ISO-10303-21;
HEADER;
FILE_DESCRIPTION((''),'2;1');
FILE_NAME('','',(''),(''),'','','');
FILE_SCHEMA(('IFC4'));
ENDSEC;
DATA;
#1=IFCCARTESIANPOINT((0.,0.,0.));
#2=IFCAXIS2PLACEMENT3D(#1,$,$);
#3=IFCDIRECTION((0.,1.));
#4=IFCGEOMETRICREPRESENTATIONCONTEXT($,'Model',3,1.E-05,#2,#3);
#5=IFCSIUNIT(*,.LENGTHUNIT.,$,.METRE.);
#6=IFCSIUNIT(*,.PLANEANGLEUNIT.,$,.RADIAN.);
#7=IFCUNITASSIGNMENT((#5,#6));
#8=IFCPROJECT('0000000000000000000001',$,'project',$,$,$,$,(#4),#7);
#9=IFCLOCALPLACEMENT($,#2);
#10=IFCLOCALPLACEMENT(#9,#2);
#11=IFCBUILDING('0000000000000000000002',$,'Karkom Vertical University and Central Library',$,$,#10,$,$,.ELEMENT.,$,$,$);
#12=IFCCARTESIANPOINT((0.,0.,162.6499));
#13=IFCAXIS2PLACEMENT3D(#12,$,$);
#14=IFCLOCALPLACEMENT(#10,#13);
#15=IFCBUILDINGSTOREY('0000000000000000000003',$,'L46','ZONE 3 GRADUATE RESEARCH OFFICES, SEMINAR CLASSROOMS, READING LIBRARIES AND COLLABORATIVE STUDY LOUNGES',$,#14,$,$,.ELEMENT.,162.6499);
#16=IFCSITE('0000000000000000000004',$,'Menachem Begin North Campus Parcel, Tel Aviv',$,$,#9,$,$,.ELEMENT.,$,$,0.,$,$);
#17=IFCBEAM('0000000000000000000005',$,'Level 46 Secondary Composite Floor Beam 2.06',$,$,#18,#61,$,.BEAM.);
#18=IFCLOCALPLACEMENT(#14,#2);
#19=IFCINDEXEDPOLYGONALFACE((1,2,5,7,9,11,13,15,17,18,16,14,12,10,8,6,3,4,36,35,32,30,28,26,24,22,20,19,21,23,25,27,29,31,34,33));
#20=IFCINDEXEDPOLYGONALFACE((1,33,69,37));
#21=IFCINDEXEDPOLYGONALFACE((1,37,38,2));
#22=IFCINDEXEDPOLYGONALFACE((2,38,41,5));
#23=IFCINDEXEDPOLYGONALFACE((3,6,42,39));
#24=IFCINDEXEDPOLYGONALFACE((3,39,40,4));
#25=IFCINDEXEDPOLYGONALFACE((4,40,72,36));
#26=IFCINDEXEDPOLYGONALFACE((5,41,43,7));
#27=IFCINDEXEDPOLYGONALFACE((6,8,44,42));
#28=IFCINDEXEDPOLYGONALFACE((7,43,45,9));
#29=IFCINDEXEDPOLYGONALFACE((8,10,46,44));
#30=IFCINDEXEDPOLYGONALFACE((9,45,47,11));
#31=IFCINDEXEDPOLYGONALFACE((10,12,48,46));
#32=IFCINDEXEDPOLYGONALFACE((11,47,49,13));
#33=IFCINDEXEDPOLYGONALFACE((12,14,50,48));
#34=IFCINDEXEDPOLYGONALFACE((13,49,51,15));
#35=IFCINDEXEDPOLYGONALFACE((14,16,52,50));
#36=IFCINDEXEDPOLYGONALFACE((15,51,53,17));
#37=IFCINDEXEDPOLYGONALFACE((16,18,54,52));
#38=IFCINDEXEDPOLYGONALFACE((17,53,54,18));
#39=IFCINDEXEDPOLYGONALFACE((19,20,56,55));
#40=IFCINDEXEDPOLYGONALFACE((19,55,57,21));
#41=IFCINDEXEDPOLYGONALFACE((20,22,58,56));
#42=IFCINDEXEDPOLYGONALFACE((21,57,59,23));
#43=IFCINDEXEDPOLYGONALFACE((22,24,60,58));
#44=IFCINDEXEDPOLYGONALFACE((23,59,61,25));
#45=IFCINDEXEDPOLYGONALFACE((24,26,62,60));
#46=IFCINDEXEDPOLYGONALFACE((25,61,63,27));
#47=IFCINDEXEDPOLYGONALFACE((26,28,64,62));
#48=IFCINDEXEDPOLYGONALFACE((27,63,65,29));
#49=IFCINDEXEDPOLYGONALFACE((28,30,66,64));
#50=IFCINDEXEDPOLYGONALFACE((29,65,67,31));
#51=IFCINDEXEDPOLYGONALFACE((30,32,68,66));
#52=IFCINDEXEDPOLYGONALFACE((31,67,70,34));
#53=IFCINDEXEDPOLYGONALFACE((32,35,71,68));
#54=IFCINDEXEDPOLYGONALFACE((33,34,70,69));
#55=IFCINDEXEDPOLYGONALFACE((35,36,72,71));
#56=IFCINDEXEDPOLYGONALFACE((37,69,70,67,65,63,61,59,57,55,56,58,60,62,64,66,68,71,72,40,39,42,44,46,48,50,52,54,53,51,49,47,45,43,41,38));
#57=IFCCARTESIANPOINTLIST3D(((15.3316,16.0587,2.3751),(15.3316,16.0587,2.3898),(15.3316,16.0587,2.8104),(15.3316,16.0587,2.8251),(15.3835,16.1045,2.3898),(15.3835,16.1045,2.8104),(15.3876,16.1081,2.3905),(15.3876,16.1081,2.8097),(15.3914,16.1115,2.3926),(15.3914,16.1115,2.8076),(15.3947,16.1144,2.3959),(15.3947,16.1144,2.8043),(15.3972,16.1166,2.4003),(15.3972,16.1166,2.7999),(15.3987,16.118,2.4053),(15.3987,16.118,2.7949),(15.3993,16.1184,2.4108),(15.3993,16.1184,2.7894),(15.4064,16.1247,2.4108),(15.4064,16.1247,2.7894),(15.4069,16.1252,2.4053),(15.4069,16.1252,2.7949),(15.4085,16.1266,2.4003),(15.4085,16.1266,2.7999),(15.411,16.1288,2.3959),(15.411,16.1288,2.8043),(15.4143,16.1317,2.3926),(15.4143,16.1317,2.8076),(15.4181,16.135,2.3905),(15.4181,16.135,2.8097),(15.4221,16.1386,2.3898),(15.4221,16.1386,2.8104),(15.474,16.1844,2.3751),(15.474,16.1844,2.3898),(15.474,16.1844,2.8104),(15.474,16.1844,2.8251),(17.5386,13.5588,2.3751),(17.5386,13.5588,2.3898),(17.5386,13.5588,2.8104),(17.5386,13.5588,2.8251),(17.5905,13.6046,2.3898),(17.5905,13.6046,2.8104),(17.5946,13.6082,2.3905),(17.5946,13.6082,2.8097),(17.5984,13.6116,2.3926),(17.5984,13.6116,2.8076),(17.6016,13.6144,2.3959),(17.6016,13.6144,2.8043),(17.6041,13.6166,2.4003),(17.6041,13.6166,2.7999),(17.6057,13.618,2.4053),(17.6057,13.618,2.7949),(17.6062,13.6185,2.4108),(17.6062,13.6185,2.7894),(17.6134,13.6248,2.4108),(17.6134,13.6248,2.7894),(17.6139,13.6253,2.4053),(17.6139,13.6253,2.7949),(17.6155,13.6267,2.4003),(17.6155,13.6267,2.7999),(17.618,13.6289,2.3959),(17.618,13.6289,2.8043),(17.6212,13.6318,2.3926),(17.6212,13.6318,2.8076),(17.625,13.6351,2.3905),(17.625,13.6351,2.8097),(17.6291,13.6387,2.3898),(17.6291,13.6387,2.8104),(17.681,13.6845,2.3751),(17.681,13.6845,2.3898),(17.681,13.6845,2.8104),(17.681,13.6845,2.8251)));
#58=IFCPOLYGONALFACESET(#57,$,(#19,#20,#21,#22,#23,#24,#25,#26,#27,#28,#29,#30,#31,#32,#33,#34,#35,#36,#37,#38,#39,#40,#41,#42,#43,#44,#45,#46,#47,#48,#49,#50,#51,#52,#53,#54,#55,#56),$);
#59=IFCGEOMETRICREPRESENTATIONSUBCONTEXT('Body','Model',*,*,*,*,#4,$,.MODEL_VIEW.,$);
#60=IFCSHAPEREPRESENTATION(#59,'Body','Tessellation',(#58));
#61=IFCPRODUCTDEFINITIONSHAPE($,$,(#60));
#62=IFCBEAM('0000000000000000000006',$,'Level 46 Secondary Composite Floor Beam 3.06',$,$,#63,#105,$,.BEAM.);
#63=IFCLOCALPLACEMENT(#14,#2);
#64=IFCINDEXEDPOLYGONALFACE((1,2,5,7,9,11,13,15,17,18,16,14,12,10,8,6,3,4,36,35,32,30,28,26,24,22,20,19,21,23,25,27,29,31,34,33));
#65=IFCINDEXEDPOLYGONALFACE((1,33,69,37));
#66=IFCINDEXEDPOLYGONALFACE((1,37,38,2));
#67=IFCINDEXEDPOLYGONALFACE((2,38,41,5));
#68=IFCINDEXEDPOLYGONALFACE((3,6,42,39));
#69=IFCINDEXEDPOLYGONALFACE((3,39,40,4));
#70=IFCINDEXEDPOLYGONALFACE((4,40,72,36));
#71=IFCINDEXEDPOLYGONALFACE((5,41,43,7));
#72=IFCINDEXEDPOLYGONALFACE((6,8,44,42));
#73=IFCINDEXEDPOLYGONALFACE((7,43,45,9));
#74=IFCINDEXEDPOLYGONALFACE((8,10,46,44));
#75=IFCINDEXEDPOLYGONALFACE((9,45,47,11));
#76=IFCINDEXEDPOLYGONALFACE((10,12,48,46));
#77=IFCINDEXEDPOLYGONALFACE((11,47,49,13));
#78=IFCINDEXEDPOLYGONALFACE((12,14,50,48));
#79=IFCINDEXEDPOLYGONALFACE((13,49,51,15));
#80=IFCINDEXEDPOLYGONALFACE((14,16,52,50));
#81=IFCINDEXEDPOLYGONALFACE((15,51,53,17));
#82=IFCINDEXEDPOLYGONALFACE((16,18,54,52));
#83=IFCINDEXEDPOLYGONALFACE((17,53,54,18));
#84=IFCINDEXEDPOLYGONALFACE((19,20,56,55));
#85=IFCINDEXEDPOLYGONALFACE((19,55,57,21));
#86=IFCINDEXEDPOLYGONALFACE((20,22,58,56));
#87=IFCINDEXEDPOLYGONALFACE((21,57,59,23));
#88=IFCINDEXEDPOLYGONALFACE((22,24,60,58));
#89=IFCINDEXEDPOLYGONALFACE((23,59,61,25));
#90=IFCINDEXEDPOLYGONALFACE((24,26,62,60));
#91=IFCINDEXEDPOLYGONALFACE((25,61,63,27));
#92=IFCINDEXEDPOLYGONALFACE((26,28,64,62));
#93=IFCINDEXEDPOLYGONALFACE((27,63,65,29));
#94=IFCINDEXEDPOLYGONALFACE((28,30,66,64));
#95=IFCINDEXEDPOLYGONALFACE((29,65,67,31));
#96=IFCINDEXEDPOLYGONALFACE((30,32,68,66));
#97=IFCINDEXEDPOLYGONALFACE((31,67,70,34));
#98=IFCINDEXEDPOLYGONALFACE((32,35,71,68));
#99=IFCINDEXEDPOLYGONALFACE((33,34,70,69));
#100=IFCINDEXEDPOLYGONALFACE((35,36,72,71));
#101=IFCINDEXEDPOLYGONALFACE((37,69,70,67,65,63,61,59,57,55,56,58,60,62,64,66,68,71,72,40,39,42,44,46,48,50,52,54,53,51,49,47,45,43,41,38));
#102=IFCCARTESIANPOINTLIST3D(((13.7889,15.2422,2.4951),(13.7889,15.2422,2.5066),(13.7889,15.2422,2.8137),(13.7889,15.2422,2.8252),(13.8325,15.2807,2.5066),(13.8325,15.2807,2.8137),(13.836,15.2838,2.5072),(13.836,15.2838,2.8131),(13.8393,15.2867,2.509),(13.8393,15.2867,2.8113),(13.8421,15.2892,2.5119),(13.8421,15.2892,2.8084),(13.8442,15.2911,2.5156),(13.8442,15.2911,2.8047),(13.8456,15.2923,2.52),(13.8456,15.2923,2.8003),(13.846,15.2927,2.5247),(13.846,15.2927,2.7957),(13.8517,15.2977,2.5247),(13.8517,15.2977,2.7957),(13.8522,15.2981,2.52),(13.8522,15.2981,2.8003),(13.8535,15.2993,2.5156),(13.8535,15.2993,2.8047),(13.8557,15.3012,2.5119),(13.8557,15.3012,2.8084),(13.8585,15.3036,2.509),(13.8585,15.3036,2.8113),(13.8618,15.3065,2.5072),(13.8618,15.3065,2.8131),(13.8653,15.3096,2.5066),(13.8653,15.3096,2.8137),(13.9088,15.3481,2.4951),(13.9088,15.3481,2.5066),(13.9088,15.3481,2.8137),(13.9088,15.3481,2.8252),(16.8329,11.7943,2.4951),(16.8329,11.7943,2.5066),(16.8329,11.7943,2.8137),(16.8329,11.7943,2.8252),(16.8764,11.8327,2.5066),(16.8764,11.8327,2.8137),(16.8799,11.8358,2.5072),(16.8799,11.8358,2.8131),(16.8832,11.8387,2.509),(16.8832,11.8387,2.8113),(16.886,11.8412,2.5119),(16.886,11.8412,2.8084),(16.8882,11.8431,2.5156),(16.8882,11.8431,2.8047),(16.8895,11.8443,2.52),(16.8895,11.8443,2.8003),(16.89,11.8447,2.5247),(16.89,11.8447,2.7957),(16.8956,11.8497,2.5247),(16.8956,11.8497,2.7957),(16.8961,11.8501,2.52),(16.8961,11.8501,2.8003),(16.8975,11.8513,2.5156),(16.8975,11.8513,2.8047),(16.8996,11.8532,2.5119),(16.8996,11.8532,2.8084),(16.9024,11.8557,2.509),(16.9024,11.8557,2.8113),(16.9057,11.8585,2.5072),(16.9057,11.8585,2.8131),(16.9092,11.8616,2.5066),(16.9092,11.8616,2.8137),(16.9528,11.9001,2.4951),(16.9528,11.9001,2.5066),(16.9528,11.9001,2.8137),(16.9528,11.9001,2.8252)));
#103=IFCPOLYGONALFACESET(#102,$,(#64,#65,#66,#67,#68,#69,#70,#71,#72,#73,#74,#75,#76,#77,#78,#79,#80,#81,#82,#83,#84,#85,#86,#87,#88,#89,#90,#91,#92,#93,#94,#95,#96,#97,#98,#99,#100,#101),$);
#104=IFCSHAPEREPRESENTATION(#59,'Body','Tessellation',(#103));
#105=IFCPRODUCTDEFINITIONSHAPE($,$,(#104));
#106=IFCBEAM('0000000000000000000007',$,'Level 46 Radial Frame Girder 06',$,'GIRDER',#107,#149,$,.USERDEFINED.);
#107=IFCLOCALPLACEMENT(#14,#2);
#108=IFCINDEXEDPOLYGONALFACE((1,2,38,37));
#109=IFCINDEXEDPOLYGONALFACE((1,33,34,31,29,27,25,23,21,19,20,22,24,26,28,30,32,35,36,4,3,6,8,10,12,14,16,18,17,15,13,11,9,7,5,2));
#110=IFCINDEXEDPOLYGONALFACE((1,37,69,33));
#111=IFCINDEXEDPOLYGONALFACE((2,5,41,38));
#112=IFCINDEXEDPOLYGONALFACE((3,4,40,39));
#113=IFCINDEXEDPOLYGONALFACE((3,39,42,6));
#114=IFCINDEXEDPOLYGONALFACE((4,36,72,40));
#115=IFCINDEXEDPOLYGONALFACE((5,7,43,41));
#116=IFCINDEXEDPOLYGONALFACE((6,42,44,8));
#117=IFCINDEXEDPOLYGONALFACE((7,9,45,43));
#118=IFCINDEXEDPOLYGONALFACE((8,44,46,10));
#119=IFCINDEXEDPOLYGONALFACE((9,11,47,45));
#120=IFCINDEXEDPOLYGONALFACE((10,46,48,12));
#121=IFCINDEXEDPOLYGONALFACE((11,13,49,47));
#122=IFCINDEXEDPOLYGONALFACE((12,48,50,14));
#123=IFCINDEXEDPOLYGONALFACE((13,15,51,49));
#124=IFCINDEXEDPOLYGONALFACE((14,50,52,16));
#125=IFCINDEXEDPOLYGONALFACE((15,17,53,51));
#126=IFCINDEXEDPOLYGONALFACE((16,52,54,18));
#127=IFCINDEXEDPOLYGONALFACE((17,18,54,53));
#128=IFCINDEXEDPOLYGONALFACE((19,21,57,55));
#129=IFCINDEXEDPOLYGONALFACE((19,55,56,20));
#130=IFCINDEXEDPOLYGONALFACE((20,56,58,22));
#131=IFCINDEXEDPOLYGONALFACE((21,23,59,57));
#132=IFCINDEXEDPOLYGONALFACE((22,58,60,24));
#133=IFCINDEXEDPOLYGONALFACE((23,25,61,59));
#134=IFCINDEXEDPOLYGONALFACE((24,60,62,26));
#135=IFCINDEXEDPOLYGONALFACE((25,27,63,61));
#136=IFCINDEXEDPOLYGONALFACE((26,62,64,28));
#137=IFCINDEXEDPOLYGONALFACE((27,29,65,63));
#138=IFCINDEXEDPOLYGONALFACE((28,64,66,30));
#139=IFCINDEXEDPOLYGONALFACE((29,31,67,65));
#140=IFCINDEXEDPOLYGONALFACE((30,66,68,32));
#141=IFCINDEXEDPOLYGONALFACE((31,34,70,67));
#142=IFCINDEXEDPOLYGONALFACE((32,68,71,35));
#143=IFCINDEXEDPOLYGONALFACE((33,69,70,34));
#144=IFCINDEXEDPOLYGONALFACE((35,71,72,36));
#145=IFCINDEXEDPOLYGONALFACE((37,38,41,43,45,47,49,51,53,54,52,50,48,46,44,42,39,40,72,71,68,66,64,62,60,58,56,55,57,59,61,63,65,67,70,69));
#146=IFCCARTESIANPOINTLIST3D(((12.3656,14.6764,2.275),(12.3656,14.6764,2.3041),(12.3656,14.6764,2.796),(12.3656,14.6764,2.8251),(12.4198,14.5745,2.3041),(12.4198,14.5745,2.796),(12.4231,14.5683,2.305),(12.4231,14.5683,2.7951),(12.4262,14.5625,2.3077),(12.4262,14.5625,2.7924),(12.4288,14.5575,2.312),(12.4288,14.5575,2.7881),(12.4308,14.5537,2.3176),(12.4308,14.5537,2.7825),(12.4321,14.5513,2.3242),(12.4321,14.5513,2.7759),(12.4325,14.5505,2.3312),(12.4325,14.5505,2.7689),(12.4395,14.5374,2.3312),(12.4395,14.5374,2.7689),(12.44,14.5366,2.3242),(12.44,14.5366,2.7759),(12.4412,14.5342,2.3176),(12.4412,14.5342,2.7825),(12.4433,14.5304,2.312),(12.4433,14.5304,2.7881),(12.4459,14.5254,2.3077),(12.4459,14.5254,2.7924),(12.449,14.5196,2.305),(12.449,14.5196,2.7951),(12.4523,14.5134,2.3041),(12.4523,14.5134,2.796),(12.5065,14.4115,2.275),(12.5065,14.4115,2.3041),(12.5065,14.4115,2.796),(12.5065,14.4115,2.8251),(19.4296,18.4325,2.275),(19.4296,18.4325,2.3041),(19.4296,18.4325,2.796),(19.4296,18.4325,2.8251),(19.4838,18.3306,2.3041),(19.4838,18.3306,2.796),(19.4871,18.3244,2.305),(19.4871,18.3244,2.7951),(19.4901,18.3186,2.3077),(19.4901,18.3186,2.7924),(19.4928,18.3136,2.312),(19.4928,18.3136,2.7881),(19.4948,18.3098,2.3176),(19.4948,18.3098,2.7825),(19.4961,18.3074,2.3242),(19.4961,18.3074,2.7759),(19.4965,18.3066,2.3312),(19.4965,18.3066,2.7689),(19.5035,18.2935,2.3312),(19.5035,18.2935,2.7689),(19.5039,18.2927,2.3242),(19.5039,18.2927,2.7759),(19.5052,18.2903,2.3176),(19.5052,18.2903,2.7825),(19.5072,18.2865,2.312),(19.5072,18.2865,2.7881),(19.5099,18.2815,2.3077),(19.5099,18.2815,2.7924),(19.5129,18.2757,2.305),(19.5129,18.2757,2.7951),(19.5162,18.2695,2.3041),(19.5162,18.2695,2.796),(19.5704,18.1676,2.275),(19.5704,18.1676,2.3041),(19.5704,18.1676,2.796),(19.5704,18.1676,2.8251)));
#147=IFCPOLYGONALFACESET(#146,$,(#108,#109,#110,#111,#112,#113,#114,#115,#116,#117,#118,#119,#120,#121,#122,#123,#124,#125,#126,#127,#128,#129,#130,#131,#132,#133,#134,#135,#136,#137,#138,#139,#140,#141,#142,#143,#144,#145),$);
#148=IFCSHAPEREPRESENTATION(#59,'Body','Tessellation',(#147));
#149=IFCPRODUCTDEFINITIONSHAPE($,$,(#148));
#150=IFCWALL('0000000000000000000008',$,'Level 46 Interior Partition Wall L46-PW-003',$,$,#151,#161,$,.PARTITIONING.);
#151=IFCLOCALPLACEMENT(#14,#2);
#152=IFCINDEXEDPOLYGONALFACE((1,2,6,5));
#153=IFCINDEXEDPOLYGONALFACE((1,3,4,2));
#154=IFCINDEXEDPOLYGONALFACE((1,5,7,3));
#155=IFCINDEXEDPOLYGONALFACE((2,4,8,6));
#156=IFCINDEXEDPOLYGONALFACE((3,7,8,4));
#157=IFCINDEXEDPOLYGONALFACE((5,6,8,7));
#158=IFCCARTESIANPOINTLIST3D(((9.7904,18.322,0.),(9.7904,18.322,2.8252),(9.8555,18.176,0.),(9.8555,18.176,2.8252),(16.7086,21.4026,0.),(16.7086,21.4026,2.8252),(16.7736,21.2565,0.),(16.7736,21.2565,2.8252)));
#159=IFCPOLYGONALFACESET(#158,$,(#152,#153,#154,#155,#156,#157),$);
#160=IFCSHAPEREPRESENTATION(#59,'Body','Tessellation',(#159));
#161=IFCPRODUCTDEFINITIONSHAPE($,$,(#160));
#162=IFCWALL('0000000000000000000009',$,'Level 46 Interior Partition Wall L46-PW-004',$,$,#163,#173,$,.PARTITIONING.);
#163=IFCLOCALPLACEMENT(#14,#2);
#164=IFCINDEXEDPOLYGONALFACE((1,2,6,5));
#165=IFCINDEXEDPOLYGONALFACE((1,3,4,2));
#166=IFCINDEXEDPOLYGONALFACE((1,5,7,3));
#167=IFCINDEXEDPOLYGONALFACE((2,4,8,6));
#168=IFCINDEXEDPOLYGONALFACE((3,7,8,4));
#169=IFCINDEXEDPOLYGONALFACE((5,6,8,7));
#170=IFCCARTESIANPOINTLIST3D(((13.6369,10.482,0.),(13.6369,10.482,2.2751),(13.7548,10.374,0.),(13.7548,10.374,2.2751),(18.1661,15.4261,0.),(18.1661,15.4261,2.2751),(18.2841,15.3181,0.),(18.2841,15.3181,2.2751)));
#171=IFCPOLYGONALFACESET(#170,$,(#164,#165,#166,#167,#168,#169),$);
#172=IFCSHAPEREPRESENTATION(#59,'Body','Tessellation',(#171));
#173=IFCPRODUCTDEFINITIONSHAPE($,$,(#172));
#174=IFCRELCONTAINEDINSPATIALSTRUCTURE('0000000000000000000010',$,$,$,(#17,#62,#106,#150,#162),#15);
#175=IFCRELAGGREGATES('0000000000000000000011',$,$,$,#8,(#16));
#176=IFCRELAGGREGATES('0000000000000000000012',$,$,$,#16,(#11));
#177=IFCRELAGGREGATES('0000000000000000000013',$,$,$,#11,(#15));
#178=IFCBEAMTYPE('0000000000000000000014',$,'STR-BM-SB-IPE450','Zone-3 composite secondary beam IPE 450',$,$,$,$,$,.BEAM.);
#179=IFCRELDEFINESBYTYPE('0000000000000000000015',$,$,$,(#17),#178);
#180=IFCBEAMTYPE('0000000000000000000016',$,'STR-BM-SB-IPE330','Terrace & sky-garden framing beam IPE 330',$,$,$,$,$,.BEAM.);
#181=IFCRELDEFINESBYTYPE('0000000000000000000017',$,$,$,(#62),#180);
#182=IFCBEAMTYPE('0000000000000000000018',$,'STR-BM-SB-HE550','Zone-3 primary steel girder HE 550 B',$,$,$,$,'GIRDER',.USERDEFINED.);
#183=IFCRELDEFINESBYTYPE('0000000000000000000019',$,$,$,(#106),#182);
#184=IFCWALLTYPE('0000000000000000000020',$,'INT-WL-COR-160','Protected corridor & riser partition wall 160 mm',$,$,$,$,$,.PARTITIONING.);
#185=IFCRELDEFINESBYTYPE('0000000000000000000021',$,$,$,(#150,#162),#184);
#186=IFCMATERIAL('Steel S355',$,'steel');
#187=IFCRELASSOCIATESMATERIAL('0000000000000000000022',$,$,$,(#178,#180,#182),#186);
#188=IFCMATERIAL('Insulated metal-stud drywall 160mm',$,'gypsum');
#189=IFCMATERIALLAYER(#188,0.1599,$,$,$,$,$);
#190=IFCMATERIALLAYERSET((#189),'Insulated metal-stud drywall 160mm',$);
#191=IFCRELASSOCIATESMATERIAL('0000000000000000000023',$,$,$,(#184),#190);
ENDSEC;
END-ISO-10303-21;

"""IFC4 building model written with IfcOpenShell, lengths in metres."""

from ifc_helpers import new_model, si_unit, direction, frame, frame_2d, origin, origin_with_axes, origin_2d, place, context, subcontext, project, spatial, rectangle, i_section, extrude, source, transform, mapped, material, layer, layer_set, material_profile, profile_set, type_object, element, save


model = new_model("IFC4")

# Units and contexts
model_context = context("Model", 3, precision=1e-05, world=origin(), true_north=direction((0.0, 1.0)))
body_context = subcontext(model_context, "Body", "Model", "MODEL_VIEW")
ifc_project = project(units=[si_unit("LENGTHUNIT", "METRE"), si_unit("PLANEANGLEUNIT", "RADIAN")], contexts=[model_context])

# Site, building, storey
site_placement = place(None, origin())
site = spatial("IfcSite", under=ifc_project, at=site_placement, Name="Menachem Begin North Campus Parcel, Tel Aviv", CompositionType="ELEMENT", RefElevation=0.0)
building_placement = place(site_placement, origin())
building = spatial("IfcBuilding", under=site, at=building_placement, Name="Karkom Vertical University and Central Library", CompositionType="ELEMENT")
storey_placement = place(building_placement, frame((0.0, 0.0, 162.6499)))
storey = spatial("IfcBuildingStorey", under=building, at=storey_placement, Name="L46", Description="ZONE 3 GRADUATE RESEARCH OFFICES, SEMINAR CLASSROOMS, READING LIBRARIES AND COLLABORATIVE STUDY LOUNGES", CompositionType="ELEMENT", Elevation=162.6499)

# Beams
ifc_material_1 = material(Name="Steel S355", Category="steel")
ifc_material_profile_1 = material_profile(ifc_material_1, i_section(OverallWidth=0.1899, OverallDepth=0.45, WebThickness=0.0095, FlangeThickness=0.0146, FilletRadius=0.021, at=origin_2d()), Name="IPE 450")
ifc_profile_set_1 = profile_set([ifc_material_profile_1], Name="Steel S355")
beam_type_1 = type_object("IfcBeamType", Name="STR-BM-SB-IPE450", Description="Zone-3 composite secondary beam IPE 450", PredefinedType="BEAM", material=ifc_profile_set_1)
shared_shape_1 = source(origin_with_axes(), body_context, "Body", "SweptSolid", [
    extrude(i_section(OverallWidth=0.1899, OverallDepth=0.45, WebThickness=0.0095, FlangeThickness=0.0146, FilletRadius=0.021, at=origin_2d()), origin(), (0.0, 0.0, 1.0), 3.3347),
])
beam_1_placement = place(storey_placement, frame((15.4028, 16.1216, 2.6001), z_axis=(0.661815, -0.749667, 0.0), x_axis=(0.749667, 0.661815, 0.0)))
element("IfcBeam", 1, at=beam_1_placement, inside=storey, type_object=beam_type_1, Name="Level 46 Secondary Composite Floor Beam 2.06", PredefinedType="BEAM", context=body_context, shape_type="MappedRepresentation", body=[
    mapped(shared_shape_1, transform((0.0, 0.0, 0.0), scale=1.0)),
])
ifc_material_profile_2 = material_profile(ifc_material_1, i_section(OverallWidth=0.1599, OverallDepth=0.3301, WebThickness=0.0076, FlangeThickness=0.0115, FilletRadius=0.0181, at=origin_2d()), Name="IPE 330")
ifc_profile_set_2 = profile_set([ifc_material_profile_2], Name="Steel S355")
beam_type_2 = type_object("IfcBeamType", Name="STR-BM-SB-IPE330", Description="Terrace & sky-garden framing beam IPE 330", PredefinedType="BEAM", material=ifc_profile_set_2)
shared_shape_2 = source(origin_with_axes(), body_context, "Body", "SweptSolid", [
    extrude(i_section(OverallWidth=0.1599, OverallDepth=0.3301, WebThickness=0.0076, FlangeThickness=0.0115, FilletRadius=0.0181, at=origin_2d()), origin(), (0.0, 0.0, 1.0), 4.5994),
])
beam_2_placement = place(storey_placement, frame((13.8489, 15.2952, 2.6602), z_axis=(0.661816, -0.749666, 0.0), x_axis=(0.749666, 0.661816, 0.0)))
element("IfcBeam", 2, at=beam_2_placement, inside=storey, type_object=beam_type_2, Name="Level 46 Secondary Composite Floor Beam 3.06", PredefinedType="BEAM", context=body_context, shape_type="MappedRepresentation", body=[
    mapped(shared_shape_2, transform((0.0, 0.0, 0.0), scale=1.0)),
])
ifc_material_profile_3 = material_profile(ifc_material_1, i_section(OverallWidth=0.3, OverallDepth=0.55, WebThickness=0.0149, FlangeThickness=0.0291, FilletRadius=0.0271, at=origin_2d()), Name="HE 550 B")
ifc_profile_set_3 = profile_set([ifc_material_profile_3], Name="Steel S355")
beam_type_3 = type_object("IfcBeamType", Name="STR-BM-SB-HE550", Description="Zone-3 primary steel girder HE 550 B", ElementType="GIRDER", PredefinedType="USERDEFINED", material=ifc_profile_set_3)
shared_shape_3 = source(origin_with_axes(), body_context, "Body", "SweptSolid", [
    extrude(i_section(OverallWidth=0.3, OverallDepth=0.55, WebThickness=0.0149, FlangeThickness=0.0291, FilletRadius=0.0271, at=origin_2d()), origin(), (0.0, 0.0, 1.0), 8.0005),
])
beam_3_placement = place(storey_placement, frame((19.5, 18.3, 2.55), z_axis=(-0.882941, -0.469484, 0.0), x_axis=(0.469484, -0.882941, 0.0)))
element("IfcBeam", 3, at=beam_3_placement, inside=storey, type_object=beam_type_3, Name="Level 46 Radial Frame Girder 06", ObjectType="GIRDER", PredefinedType="USERDEFINED", context=body_context, shape_type="MappedRepresentation", body=[
    mapped(shared_shape_3, transform((0.0, 0.0, 0.0), scale=1.0)),
])

# Shared definitions
ifc_material_2 = material(Name="Insulated metal-stud drywall 160mm", Category="gypsum")
ifc_layer_1 = layer(ifc_material_2, 0.1599)
ifc_layer_set_1 = layer_set([ifc_layer_1], Name="Insulated metal-stud drywall 160mm")
wall_type_1 = type_object("IfcWallType", Name="INT-WL-COR-160", Description="Protected corridor & riser partition wall 160 mm", PredefinedType="PARTITIONING", material=ifc_layer_set_1)

# Walls
wall_1_placement = place(storey_placement, frame((16.7412, 21.3296, 0.0), z_axis=(0.0, 0.0, 1.0), x_axis=(-0.913527, -0.406778, 0.0)))
element("IfcWall", 4, at=wall_1_placement, inside=storey, type_object=wall_type_1, Name="Level 46 Interior Partition Wall L46-PW-003", PredefinedType="PARTITIONING", context=body_context, shape_type="SweptSolid", body=[
    extrude(rectangle(XDim=7.573, YDim=0.1599, at=frame_2d((3.7866, 0.0))), origin(), (0.0, 0.0, 1.0), 2.8252),
])
wall_2_placement = place(storey_placement, frame((18.2251, 15.3721, 0.0), z_axis=(0.0, 0.0, 1.0), x_axis=(-0.675499, -0.737361, 0.0)))
element("IfcWall", 5, at=wall_2_placement, inside=storey, type_object=wall_type_1, Name="Level 46 Interior Partition Wall L46-PW-004", PredefinedType="PARTITIONING", context=body_context, shape_type="SweptSolid", body=[
    extrude(rectangle(XDim=6.7051, YDim=0.1599, at=frame_2d((3.3525, 0.0))), origin(), (0.0, 0.0, 1.0), 2.2751),
])

save(model, "model.ifc")
